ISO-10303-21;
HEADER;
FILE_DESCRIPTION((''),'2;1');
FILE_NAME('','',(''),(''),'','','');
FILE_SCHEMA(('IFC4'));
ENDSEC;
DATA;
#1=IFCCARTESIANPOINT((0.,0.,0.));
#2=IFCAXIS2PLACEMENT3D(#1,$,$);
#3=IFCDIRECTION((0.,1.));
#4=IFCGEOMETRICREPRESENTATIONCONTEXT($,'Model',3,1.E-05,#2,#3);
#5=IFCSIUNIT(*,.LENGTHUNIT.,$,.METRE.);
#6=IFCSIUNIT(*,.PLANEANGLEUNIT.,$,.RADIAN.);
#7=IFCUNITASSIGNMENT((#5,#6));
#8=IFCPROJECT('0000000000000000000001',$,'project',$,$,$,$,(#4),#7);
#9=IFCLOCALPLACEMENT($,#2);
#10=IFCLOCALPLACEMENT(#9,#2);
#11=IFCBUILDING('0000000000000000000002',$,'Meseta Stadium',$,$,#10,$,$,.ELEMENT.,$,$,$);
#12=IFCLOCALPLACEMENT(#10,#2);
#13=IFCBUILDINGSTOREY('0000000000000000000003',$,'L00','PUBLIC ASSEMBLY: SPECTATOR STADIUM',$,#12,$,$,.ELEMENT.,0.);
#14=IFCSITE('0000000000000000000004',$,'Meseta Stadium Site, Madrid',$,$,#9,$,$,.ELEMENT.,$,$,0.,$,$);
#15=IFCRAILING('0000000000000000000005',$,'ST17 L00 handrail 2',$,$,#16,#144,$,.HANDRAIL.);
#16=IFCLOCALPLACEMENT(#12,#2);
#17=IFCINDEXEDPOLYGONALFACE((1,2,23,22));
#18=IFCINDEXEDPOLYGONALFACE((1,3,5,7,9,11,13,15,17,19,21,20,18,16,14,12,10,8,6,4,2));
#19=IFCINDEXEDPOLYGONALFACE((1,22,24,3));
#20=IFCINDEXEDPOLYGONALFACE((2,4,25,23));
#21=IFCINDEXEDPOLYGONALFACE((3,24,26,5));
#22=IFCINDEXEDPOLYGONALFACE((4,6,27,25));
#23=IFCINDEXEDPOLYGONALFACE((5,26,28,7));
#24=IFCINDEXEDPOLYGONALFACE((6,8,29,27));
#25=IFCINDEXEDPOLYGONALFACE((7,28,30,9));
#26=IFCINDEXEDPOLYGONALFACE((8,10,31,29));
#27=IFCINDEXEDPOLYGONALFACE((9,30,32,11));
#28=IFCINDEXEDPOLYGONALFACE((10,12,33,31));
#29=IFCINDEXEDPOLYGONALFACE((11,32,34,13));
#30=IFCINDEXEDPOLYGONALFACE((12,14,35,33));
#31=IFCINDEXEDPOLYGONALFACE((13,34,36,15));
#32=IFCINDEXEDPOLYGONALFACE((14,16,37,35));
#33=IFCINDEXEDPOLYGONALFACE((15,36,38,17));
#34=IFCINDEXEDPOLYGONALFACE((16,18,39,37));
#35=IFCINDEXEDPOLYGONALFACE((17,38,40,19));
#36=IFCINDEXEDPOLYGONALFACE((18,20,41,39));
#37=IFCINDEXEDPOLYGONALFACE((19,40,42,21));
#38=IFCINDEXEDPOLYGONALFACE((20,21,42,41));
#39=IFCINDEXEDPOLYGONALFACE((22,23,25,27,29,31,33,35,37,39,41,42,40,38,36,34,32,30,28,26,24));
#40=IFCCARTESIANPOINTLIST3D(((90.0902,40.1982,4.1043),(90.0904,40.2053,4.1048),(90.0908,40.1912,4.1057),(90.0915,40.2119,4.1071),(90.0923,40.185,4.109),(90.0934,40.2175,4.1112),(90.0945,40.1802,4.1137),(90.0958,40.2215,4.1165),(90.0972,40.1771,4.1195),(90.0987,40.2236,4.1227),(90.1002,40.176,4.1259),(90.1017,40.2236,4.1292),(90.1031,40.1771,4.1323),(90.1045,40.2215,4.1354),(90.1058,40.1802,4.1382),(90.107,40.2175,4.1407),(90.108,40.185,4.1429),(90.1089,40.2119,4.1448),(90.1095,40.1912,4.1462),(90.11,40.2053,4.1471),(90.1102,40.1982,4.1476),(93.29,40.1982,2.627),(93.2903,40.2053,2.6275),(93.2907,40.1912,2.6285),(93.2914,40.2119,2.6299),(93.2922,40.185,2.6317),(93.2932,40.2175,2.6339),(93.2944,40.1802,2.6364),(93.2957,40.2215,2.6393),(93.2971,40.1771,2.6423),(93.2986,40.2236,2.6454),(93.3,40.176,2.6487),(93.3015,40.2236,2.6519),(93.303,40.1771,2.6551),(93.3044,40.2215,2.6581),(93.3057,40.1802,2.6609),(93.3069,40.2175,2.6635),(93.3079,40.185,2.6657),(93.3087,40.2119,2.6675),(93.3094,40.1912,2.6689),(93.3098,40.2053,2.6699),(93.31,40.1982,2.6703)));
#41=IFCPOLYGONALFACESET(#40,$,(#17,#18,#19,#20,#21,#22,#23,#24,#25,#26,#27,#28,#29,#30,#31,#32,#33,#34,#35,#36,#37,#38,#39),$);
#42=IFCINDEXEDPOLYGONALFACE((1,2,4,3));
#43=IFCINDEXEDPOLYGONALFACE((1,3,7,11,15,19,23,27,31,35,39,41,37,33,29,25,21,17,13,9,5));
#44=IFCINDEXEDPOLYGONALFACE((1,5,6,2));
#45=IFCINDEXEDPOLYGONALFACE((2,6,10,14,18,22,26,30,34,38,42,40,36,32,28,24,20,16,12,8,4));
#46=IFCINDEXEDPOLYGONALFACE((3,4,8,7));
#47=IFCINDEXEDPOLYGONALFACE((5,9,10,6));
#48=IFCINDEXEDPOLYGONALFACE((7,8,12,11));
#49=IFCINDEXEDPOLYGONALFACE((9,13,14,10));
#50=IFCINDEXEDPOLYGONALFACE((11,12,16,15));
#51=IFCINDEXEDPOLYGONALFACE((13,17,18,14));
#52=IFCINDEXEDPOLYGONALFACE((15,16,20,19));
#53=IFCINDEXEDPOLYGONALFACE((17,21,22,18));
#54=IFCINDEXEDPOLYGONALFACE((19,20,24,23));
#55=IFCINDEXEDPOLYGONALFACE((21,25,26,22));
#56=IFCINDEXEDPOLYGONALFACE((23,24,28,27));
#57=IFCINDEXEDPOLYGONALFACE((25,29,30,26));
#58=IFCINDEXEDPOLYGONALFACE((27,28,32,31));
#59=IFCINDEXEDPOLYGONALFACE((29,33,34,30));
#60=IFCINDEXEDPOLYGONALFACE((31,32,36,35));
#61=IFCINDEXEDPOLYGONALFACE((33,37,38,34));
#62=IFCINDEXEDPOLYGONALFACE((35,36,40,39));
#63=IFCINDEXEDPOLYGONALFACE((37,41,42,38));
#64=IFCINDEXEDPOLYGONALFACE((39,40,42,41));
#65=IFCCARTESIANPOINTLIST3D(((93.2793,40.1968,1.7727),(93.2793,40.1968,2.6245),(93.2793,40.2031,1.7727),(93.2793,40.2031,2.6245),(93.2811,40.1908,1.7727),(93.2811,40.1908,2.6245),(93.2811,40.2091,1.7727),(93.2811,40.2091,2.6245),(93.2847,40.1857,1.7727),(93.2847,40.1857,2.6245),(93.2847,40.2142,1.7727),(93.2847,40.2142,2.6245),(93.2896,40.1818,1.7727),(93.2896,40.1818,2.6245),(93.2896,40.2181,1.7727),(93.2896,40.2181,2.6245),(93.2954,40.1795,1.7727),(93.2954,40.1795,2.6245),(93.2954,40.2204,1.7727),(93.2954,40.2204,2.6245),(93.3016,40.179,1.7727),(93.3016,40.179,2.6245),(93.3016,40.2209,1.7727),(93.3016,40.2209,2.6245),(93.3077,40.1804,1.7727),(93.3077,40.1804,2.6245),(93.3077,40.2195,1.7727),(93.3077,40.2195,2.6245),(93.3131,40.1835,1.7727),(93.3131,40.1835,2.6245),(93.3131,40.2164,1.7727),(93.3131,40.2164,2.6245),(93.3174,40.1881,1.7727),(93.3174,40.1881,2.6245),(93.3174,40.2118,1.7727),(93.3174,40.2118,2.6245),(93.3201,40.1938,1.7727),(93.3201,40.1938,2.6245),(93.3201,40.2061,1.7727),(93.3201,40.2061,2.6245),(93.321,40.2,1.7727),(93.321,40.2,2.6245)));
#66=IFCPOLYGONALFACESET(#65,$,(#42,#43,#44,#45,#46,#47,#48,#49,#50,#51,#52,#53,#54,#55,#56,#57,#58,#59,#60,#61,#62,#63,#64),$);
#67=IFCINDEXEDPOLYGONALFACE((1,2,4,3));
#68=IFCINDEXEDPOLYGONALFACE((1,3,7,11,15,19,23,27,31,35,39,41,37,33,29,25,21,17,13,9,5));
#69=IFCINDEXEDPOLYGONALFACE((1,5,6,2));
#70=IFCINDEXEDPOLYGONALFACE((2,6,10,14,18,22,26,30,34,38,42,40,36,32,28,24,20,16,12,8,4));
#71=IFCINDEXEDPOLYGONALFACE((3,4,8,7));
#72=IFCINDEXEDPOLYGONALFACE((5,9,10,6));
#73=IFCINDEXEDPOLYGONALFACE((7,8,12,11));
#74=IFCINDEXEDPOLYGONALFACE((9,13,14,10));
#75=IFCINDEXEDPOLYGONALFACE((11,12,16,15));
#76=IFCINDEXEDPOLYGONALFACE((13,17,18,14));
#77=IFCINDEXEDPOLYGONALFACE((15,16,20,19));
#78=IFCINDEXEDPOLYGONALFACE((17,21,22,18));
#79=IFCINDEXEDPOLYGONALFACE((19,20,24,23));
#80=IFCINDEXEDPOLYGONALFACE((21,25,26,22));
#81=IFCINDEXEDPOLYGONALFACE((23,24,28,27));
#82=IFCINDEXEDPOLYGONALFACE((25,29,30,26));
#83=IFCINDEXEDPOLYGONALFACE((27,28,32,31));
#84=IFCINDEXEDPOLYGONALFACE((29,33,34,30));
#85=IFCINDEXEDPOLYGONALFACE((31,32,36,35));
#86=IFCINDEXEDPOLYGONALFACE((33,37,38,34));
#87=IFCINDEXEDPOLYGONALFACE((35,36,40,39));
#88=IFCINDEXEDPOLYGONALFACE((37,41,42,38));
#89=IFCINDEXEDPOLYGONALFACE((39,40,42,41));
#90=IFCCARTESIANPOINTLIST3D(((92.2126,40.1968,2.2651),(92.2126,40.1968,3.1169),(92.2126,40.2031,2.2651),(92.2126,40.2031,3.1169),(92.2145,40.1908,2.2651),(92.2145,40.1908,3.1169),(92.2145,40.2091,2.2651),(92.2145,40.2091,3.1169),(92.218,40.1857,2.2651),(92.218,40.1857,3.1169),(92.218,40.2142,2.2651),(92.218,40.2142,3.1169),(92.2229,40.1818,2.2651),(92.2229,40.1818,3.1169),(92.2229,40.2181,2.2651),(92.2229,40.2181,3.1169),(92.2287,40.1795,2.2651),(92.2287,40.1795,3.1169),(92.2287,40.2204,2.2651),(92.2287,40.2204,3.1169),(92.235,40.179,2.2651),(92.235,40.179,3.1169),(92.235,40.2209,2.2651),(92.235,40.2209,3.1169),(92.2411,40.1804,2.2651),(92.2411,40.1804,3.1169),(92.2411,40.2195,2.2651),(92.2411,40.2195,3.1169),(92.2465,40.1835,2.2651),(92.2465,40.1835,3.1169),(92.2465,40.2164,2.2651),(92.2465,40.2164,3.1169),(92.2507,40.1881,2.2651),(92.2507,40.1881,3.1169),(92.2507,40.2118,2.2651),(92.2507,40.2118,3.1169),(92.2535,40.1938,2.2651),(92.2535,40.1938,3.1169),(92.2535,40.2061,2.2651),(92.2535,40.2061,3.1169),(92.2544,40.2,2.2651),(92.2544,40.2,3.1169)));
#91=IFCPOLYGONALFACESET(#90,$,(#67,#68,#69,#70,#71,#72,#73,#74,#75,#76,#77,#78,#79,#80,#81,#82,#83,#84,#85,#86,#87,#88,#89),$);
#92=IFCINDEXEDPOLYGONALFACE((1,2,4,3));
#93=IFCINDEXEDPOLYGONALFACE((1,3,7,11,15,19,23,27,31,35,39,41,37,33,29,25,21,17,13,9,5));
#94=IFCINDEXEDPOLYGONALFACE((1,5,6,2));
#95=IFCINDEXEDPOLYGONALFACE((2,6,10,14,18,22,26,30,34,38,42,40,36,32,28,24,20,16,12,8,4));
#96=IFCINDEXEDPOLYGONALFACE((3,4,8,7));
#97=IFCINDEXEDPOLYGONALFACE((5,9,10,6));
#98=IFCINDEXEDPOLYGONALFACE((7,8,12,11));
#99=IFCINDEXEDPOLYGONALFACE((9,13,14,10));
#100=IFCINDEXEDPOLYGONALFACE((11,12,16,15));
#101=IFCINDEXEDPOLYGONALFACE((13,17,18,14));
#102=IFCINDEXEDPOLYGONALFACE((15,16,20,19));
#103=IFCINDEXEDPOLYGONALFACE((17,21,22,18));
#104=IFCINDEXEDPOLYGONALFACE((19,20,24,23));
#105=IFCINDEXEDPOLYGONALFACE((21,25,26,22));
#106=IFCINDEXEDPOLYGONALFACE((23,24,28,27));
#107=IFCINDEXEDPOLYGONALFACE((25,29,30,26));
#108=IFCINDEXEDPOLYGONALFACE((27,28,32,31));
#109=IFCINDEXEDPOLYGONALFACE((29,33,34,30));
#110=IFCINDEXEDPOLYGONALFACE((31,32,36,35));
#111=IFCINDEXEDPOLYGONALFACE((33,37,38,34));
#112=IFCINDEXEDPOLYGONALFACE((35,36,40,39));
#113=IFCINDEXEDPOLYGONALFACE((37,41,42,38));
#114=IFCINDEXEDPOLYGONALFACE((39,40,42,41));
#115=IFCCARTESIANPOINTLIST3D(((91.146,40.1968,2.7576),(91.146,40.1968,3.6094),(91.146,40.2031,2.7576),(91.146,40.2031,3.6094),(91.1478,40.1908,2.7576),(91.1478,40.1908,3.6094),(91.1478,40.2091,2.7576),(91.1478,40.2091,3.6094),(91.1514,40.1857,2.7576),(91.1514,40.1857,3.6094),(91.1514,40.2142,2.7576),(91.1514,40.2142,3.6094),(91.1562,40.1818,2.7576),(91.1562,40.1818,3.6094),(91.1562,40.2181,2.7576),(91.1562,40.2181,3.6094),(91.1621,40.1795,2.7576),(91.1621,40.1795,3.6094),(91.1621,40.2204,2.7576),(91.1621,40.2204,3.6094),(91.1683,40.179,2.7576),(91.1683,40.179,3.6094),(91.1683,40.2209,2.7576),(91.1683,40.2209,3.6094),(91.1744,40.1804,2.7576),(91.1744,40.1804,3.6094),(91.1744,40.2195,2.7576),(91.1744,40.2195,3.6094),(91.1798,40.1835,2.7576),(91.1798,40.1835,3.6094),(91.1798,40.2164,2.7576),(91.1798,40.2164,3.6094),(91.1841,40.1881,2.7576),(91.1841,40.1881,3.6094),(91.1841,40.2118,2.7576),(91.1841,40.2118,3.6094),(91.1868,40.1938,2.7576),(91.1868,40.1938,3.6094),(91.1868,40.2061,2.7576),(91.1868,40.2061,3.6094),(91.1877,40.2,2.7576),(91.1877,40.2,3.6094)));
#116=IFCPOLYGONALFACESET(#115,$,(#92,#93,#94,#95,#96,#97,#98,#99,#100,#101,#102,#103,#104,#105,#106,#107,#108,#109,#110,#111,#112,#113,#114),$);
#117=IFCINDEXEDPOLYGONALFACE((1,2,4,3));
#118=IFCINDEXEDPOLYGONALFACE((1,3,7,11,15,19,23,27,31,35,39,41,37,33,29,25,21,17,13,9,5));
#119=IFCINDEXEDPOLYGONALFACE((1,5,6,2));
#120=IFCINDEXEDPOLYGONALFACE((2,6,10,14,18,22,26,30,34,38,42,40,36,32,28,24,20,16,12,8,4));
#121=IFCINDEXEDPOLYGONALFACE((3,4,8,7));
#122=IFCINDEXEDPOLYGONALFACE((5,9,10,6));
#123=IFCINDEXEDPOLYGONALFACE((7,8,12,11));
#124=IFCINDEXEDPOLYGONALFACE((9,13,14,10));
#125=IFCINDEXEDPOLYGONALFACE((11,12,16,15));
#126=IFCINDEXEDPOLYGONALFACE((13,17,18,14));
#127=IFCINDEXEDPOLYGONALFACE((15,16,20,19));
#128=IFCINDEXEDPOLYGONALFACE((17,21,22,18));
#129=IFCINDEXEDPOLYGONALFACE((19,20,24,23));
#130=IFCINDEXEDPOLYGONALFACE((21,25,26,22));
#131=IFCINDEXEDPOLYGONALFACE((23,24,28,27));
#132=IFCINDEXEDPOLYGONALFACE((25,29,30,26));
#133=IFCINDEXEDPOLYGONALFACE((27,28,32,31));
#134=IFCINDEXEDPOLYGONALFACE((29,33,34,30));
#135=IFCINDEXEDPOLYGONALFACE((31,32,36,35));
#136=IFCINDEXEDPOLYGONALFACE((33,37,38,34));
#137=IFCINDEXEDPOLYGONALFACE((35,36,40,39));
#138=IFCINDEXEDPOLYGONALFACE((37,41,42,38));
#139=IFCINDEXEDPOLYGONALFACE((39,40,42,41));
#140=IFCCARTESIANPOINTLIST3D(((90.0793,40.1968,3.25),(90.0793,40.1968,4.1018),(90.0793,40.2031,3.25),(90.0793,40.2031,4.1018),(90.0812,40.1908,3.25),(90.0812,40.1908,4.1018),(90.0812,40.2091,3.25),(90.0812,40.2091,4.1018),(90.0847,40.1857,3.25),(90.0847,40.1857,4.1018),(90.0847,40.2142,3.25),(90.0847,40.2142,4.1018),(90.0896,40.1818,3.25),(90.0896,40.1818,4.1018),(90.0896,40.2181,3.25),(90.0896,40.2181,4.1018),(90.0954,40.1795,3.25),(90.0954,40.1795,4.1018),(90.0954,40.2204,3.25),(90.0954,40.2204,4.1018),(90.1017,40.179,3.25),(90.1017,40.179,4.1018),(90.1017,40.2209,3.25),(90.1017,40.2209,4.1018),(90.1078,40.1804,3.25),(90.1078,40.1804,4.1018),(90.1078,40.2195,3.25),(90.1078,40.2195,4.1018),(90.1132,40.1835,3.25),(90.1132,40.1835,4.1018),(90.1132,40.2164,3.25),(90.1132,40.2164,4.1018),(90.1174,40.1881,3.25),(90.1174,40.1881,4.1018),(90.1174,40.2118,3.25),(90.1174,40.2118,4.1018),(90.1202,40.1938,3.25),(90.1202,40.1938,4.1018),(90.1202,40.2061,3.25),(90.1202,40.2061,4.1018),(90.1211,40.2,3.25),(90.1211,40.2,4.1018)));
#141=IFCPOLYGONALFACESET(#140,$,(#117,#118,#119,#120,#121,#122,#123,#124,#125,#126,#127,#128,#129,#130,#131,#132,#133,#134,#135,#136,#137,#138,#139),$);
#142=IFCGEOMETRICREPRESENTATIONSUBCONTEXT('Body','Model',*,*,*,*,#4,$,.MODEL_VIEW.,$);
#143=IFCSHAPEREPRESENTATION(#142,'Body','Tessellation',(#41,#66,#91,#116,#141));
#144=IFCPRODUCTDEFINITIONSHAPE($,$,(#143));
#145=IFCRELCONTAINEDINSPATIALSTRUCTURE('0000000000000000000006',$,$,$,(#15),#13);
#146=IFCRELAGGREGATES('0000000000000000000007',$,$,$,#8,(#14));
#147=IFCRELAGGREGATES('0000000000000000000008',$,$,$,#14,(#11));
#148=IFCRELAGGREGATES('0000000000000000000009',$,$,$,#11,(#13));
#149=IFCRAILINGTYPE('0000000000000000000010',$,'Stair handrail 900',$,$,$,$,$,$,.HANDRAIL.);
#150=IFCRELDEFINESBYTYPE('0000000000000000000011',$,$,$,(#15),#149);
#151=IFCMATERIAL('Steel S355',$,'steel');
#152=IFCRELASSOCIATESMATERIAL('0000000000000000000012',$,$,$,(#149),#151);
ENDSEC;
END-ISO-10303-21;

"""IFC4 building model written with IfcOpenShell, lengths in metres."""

from ifc_helpers import new_model, si_unit, direction, frame, origin, origin_2d, place, context, subcontext, project, spatial, circle, extrude, material, type_object, element, save


model = new_model("IFC4")

# Units and contexts
model_context = context("Model", 3, precision=1e-05, world=origin(), true_north=direction((0.0, 1.0)))
body_context = subcontext(model_context, "Body", "Model", "MODEL_VIEW")
ifc_project = project(units=[si_unit("LENGTHUNIT", "METRE"), si_unit("PLANEANGLEUNIT", "RADIAN")], contexts=[model_context])

# Site, building, storey
site_placement = place(None, origin())
site = spatial("IfcSite", under=ifc_project, at=site_placement, Name="Meseta Stadium Site, Madrid", CompositionType="ELEMENT", RefElevation=0.0)
building_placement = place(site_placement, origin())
building = spatial("IfcBuilding", under=site, at=building_placement, Name="Meseta Stadium", CompositionType="ELEMENT")
storey_placement = place(building_placement, origin())
storey = spatial("IfcBuildingStorey", under=building, at=storey_placement, Name="L00", Description="PUBLIC ASSEMBLY: SPECTATOR STADIUM", CompositionType="ELEMENT", Elevation=0.0)

# Railing
ifc_material_1 = material(Name="Steel S355", Category="steel")
railing_type_1 = type_object("IfcRailingType", Name="Stair handrail 900", PredefinedType="HANDRAIL", material=ifc_material_1)
for number, where, name in (
    (1, (93.3, 40.2, 1.7727), "ST17 L00 handrail 2"),
):
    element("IfcRailing", number, at=place(storey_placement, frame(where)), inside=storey, type_object=railing_type_1, Name=name, PredefinedType="HANDRAIL", context=body_context, shape_type="SweptSolid", body=[
        extrude(circle(Radius=0.0239, at=origin_2d()), frame((0.0, 0.0, 0.876), z_axis=(-0.907917, 0.0, 0.41915), x_axis=(0.0, -1.0, 0.0)), (0.0, 0.0, 1.0), 3.5244),
        extrude(circle(Radius=0.021, at=origin_2d()), origin(), (0.0, 0.0, 1.0), 0.8518),
        extrude(circle(Radius=0.021, at=origin_2d()), frame((-1.0667, 0.0, 0.4924)), (0.0, 0.0, 1.0), 0.8518),
        extrude(circle(Radius=0.021, at=origin_2d()), frame((-2.1333, 0.0, 0.9849)), (0.0, 0.0, 1.0), 0.8518),
        extrude(circle(Radius=0.021, at=origin_2d()), frame((-3.2, 0.0, 1.4773)), (0.0, 0.0, 1.0), 0.8518),
    ])

save(model, "model.ifc")
